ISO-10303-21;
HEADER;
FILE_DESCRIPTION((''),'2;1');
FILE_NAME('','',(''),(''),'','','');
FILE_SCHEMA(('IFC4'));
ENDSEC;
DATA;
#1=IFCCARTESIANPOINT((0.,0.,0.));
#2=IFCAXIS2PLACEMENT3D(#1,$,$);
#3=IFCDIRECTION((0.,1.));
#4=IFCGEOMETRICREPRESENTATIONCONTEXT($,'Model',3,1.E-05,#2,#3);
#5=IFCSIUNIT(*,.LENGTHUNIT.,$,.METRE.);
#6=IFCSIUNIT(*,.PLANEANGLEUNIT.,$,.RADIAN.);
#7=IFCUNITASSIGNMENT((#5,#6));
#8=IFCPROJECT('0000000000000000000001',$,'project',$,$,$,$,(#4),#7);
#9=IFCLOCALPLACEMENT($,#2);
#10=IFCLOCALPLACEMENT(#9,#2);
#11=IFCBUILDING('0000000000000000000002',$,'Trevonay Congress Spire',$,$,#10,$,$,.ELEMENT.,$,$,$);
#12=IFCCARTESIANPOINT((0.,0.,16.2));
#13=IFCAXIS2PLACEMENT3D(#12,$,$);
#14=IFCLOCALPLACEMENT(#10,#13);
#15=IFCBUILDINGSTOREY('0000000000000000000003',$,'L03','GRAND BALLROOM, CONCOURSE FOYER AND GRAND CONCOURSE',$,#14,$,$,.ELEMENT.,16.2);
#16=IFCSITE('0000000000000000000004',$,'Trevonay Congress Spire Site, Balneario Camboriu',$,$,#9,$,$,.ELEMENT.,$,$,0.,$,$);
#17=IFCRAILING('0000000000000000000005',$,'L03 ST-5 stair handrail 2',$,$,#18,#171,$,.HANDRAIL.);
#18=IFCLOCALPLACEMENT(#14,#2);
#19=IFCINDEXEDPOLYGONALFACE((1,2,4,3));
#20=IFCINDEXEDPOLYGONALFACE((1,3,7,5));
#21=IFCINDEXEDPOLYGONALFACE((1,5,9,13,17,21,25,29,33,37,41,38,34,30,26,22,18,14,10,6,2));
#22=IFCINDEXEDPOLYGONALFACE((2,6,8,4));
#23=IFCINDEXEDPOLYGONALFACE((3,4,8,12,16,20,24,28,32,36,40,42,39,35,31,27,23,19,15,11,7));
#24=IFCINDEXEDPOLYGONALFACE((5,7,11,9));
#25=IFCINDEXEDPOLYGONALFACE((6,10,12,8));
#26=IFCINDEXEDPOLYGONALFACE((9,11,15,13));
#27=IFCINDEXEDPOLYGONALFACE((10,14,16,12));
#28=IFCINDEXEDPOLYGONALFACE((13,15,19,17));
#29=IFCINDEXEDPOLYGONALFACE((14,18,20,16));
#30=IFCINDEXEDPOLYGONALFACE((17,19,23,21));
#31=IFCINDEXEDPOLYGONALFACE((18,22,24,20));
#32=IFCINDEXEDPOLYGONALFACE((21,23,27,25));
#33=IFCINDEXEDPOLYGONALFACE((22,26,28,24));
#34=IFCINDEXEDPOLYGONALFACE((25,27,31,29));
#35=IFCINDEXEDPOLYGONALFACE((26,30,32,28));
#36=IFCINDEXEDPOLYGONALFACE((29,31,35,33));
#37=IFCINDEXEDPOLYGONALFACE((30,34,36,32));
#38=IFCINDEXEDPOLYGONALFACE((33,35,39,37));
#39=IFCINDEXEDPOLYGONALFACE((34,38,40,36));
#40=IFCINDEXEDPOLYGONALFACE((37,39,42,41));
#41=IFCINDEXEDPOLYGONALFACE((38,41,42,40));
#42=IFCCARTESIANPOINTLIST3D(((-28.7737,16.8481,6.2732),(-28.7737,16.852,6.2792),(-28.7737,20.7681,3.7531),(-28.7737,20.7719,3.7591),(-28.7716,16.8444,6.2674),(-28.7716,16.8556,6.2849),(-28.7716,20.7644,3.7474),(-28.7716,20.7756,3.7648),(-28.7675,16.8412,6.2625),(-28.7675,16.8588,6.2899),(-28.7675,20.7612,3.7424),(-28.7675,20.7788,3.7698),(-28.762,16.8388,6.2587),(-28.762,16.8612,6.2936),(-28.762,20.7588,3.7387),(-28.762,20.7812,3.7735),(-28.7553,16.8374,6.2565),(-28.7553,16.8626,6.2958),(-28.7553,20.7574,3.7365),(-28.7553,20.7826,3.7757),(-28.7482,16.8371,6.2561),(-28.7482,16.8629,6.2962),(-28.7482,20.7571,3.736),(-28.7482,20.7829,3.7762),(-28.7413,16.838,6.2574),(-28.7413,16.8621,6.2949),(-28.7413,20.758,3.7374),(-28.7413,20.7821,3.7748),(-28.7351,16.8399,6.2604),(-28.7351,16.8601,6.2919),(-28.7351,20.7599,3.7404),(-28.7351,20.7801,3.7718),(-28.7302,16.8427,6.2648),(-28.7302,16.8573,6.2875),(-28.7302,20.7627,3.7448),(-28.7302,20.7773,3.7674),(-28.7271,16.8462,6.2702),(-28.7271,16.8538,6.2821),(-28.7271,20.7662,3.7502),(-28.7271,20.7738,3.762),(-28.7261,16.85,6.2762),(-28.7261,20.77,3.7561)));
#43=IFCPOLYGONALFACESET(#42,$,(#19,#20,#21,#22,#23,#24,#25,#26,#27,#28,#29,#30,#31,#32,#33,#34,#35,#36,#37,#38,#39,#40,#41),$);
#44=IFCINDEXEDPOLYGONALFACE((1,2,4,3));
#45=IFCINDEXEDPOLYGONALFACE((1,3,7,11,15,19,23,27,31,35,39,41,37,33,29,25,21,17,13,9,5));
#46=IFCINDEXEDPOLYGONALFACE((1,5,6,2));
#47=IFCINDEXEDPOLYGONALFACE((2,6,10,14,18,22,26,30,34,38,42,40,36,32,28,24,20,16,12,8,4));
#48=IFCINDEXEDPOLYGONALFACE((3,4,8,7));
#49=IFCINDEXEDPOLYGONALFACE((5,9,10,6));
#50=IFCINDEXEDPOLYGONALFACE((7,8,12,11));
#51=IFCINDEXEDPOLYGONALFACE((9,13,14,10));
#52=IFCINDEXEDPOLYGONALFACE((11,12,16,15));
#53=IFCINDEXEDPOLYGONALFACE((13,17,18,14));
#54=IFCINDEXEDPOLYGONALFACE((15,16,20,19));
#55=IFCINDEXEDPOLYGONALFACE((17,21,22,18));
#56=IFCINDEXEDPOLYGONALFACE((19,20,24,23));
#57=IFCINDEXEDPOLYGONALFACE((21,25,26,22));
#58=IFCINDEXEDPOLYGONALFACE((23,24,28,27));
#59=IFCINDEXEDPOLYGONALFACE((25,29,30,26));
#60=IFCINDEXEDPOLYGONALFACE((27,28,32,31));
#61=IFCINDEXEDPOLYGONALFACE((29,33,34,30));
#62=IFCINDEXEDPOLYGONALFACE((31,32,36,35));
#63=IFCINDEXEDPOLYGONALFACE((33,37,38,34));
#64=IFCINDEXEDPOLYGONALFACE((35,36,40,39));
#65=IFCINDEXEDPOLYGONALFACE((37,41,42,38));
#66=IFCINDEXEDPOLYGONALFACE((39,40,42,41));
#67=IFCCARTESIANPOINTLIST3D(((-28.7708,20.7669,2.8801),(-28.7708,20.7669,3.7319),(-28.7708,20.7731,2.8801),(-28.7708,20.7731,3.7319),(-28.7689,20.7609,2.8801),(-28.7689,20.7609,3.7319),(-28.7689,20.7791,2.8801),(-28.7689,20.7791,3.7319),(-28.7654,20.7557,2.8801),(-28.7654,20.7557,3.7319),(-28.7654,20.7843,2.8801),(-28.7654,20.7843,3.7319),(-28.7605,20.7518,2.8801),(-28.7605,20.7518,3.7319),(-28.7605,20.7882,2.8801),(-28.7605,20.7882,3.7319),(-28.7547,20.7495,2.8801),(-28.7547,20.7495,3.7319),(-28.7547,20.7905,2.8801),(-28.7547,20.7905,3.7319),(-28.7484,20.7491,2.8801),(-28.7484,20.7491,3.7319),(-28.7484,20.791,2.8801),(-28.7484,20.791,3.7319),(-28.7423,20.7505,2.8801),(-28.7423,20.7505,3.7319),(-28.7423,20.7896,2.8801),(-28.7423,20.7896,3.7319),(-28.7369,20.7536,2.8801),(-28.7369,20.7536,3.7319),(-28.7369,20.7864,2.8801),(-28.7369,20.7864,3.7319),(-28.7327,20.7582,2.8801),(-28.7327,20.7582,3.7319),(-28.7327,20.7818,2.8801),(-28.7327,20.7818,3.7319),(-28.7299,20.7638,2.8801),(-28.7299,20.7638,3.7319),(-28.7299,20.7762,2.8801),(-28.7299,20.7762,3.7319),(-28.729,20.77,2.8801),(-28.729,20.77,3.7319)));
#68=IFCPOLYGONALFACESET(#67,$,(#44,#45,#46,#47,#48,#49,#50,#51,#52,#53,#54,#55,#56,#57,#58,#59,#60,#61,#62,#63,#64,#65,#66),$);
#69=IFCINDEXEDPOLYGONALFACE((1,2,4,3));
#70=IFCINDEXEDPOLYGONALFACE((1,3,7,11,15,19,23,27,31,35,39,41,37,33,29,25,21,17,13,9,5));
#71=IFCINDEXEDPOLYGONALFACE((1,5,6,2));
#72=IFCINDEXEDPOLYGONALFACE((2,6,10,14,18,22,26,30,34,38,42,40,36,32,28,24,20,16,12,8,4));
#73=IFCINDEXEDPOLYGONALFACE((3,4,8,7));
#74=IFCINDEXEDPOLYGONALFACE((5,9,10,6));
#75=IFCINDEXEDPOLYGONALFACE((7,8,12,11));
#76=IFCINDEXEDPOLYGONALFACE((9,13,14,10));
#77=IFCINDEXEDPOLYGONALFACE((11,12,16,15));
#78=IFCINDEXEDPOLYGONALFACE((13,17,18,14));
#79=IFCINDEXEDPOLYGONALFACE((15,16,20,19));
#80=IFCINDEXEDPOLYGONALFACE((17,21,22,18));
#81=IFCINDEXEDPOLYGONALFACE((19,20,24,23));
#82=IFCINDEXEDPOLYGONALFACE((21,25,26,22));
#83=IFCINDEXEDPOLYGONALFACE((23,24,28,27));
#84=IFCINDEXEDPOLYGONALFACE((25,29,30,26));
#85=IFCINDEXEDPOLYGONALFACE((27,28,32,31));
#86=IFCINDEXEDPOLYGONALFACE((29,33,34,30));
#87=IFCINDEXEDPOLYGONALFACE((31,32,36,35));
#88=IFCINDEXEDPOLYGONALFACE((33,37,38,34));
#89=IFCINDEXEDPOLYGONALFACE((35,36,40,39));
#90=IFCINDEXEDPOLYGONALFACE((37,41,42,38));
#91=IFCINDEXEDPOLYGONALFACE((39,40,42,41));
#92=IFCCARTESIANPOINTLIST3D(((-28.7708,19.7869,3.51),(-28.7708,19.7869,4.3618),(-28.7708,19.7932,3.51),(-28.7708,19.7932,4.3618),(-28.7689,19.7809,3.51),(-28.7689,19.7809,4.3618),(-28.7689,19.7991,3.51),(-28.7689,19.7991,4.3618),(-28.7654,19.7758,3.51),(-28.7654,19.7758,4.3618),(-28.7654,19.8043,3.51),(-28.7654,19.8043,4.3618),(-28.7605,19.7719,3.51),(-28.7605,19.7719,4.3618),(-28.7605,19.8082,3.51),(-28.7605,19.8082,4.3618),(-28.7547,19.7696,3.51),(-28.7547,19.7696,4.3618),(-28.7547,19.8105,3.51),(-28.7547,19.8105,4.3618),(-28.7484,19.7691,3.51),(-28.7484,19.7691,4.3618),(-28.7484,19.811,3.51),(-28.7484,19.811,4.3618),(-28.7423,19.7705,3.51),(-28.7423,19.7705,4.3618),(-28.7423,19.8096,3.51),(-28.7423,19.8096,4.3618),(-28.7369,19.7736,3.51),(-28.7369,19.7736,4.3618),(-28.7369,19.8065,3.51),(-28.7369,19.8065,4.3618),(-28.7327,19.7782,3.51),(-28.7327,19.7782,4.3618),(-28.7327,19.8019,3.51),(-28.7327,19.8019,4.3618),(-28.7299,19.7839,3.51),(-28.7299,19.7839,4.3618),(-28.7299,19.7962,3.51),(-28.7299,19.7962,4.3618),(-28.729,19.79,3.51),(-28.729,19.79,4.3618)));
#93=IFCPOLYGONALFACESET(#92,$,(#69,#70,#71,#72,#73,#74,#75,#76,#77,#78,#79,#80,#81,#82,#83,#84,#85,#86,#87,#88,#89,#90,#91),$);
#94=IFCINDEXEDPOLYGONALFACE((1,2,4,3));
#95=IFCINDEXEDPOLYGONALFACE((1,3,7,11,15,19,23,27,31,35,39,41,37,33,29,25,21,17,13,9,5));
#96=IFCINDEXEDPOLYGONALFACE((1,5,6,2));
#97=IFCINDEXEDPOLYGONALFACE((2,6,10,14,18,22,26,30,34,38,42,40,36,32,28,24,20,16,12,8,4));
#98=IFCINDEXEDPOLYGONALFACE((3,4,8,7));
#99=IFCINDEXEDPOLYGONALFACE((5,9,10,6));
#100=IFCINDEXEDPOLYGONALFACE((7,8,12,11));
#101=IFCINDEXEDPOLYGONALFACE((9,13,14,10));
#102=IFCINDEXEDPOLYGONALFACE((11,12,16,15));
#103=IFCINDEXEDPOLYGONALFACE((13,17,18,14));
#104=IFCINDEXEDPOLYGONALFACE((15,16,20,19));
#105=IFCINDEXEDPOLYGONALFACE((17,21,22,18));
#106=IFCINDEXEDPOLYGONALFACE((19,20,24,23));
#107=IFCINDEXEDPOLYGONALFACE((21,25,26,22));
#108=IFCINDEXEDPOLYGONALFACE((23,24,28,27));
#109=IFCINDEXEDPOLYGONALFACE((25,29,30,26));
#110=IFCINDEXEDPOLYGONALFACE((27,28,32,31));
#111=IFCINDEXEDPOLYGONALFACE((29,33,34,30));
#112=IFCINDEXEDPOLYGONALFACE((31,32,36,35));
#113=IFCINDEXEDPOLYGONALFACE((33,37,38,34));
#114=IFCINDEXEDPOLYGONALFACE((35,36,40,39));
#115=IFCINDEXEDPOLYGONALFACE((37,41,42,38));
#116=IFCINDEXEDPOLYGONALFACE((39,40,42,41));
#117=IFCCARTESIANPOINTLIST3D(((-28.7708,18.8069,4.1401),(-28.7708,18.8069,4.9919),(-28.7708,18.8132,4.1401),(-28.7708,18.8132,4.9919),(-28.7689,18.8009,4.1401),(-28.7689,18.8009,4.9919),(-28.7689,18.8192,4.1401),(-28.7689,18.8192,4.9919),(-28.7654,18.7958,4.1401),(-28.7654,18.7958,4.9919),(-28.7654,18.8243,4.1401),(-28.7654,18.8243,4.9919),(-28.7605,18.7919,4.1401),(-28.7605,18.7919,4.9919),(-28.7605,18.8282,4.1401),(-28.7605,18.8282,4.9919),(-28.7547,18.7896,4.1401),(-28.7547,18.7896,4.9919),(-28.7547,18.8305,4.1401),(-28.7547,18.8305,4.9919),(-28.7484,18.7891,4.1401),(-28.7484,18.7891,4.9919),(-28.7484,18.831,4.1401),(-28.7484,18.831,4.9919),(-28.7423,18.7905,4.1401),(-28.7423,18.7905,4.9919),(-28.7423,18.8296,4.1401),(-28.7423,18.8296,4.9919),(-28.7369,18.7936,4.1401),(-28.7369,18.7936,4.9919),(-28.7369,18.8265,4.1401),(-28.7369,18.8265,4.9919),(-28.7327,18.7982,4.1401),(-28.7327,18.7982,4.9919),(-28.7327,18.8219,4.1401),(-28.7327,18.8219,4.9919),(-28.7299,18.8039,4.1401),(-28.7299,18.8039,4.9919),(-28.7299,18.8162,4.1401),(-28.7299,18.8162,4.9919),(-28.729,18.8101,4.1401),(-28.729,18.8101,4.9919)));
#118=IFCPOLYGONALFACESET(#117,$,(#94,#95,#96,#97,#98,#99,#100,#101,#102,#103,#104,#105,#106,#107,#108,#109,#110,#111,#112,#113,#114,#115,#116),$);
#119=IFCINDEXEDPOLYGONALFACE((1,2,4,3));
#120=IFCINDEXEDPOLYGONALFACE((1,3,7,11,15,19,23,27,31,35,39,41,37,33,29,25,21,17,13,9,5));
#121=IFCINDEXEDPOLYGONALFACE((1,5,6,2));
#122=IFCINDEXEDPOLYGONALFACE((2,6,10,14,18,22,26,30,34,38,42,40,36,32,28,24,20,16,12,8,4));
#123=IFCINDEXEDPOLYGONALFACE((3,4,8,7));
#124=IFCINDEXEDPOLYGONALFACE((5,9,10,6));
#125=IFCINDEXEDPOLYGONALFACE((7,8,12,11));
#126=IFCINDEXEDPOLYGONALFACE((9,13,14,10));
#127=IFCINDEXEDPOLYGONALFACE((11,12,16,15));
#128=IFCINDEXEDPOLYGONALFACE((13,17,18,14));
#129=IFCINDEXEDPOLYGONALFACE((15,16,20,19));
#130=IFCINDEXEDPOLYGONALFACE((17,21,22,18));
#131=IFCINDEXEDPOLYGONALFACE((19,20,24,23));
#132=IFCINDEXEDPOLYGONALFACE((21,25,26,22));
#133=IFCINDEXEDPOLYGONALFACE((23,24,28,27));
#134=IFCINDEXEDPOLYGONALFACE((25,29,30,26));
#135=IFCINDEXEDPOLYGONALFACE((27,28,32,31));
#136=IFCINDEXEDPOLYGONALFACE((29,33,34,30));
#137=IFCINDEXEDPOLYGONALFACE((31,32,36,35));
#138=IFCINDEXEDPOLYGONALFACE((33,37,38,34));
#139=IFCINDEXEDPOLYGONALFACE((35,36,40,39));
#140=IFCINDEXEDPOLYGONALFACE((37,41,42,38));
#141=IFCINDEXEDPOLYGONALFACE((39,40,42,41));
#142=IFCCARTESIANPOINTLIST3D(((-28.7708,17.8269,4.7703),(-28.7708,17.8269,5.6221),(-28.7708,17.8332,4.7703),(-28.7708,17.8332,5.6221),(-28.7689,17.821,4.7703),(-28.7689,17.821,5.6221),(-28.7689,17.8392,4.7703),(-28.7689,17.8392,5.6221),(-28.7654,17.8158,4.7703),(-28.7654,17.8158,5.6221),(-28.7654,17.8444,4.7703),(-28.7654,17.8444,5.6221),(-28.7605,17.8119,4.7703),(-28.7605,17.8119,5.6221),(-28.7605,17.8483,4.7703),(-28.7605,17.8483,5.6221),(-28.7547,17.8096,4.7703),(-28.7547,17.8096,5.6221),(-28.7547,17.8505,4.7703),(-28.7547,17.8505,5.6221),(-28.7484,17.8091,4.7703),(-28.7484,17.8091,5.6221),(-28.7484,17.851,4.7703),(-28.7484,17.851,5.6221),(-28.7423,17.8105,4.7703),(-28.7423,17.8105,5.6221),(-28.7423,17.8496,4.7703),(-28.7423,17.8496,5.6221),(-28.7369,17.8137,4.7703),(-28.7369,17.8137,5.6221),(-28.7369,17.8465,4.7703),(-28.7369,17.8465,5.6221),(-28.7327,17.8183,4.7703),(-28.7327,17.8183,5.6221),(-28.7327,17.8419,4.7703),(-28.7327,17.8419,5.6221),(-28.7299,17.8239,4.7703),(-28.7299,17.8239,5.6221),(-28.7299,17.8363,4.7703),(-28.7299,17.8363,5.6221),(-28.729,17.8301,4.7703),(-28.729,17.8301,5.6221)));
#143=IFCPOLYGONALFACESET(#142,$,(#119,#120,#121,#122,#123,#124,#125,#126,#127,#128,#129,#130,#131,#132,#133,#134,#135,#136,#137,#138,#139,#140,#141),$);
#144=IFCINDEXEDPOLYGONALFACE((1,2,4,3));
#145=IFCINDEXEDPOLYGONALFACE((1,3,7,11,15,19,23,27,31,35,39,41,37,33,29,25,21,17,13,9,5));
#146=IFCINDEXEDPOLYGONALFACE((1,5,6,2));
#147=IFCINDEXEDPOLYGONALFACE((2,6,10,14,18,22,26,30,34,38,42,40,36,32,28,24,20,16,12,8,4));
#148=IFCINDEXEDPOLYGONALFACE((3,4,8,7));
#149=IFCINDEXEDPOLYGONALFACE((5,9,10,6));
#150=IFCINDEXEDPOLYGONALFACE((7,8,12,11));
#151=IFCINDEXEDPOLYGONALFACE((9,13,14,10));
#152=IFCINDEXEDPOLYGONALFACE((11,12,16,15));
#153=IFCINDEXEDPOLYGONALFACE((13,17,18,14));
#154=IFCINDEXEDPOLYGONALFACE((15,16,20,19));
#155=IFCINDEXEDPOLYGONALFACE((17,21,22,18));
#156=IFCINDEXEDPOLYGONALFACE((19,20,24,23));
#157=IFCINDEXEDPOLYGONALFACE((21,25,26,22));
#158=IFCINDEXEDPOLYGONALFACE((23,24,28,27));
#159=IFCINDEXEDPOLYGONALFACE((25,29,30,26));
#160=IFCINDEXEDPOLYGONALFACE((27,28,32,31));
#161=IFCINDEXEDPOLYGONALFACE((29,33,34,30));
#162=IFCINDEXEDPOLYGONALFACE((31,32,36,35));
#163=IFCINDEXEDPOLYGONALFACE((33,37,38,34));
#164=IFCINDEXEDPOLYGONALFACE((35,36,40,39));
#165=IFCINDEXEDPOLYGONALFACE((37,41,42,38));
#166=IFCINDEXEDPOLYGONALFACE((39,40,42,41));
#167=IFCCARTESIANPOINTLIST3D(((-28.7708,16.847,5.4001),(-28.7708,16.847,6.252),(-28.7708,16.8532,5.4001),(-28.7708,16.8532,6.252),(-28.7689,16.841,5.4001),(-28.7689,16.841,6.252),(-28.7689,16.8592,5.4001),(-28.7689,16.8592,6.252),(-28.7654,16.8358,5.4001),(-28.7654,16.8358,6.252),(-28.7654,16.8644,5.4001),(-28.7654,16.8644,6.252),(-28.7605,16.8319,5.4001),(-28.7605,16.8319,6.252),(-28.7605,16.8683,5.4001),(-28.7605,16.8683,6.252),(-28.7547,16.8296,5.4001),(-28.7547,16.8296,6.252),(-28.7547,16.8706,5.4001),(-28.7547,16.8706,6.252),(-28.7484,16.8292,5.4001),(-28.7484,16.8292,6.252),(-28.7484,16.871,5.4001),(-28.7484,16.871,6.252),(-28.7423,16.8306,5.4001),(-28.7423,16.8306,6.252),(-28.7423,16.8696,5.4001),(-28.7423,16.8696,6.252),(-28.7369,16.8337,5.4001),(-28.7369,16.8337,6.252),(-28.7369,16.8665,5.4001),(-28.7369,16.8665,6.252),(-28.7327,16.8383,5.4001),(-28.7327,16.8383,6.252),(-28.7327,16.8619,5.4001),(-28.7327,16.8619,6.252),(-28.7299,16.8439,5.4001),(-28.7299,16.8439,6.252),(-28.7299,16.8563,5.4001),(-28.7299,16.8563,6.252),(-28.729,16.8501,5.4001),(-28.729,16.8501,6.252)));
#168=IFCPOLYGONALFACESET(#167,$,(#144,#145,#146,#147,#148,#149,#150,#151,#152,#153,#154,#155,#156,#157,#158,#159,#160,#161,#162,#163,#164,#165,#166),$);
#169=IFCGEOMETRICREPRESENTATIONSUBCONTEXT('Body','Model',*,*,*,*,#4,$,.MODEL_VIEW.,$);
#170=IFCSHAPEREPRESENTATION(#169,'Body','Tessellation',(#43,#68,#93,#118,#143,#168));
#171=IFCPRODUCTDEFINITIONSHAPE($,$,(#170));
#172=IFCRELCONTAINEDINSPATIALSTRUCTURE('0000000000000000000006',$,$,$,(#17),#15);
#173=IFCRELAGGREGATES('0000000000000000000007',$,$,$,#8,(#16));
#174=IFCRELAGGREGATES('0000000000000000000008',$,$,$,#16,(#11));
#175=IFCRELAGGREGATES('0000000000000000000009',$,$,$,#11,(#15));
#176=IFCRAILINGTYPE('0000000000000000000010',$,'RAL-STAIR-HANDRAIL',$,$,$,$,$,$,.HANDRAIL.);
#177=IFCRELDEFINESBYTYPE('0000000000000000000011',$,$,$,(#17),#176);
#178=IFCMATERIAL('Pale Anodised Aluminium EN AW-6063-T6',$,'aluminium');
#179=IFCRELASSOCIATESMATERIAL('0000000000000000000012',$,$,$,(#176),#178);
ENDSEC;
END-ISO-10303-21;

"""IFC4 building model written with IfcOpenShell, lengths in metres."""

from ifc_helpers import new_model, si_unit, direction, frame, origin, origin_2d, place, context, subcontext, project, spatial, circle, extrude, material, type_object, element, save


model = new_model("IFC4")

# Units and contexts
model_context = context("Model", 3, precision=1e-05, world=origin(), true_north=direction((0.0, 1.0)))
body_context = subcontext(model_context, "Body", "Model", "MODEL_VIEW")
ifc_project = project(units=[si_unit("LENGTHUNIT", "METRE"), si_unit("PLANEANGLEUNIT", "RADIAN")], contexts=[model_context])

# Site, building, storey
site_placement = place(None, origin())
site = spatial("IfcSite", under=ifc_project, at=site_placement, Name="Trevonay Congress Spire Site, Balneario Camboriu", CompositionType="ELEMENT", RefElevation=0.0)
building_placement = place(site_placement, origin())
building = spatial("IfcBuilding", under=site, at=building_placement, Name="Trevonay Congress Spire", CompositionType="ELEMENT")
storey_placement = place(building_placement, frame((0.0, 0.0, 16.2)))
storey = spatial("IfcBuildingStorey", under=building, at=storey_placement, Name="L03", Description="GRAND BALLROOM, CONCOURSE FOYER AND GRAND CONCOURSE", CompositionType="ELEMENT", Elevation=16.2)

# Shared definitions
ifc_material_1 = material(Name="Pale Anodised Aluminium EN AW-6063-T6", Category="aluminium")

# Railing
railing_type_1 = type_object("IfcRailingType", Name="RAL-STAIR-HANDRAIL", PredefinedType="HANDRAIL", material=ifc_material_1)
railing_1_placement = place(storey_placement, frame((-28.75, 20.77, 2.8801)))
element("IfcRailing", 1, at=railing_1_placement, inside=storey, type_object=railing_type_1, Name="L03 ST-5 stair handrail 2", PredefinedType="HANDRAIL", context=body_context, shape_type="SweptSolid", body=[
    extrude(circle(Radius=0.0239, at=origin_2d()), frame((0.0, 0.0, 0.876), z_axis=(0.0, -0.841172, 0.540768), x_axis=(1.0, 0.0, 0.0)), (0.0, 0.0, 1.0), 4.6602),
    extrude(circle(Radius=0.021, at=origin_2d()), origin(), (0.0, 0.0, 1.0), 0.8518),
    extrude(circle(Radius=0.021, at=origin_2d()), frame((0.0, -0.98, 0.6299)), (0.0, 0.0, 1.0), 0.8518),
    extrude(circle(Radius=0.021, at=origin_2d()), frame((0.0, -1.96, 1.26)), (0.0, 0.0, 1.0), 0.8518),
    extrude(circle(Radius=0.021, at=origin_2d()), frame((0.0, -2.9399, 1.8901)), (0.0, 0.0, 1.0), 0.8518),
    extrude(circle(Radius=0.021, at=origin_2d()), frame((0.0, -3.9199, 2.52)), (0.0, 0.0, 1.0), 0.8518),
])

save(model, "model.ifc")
